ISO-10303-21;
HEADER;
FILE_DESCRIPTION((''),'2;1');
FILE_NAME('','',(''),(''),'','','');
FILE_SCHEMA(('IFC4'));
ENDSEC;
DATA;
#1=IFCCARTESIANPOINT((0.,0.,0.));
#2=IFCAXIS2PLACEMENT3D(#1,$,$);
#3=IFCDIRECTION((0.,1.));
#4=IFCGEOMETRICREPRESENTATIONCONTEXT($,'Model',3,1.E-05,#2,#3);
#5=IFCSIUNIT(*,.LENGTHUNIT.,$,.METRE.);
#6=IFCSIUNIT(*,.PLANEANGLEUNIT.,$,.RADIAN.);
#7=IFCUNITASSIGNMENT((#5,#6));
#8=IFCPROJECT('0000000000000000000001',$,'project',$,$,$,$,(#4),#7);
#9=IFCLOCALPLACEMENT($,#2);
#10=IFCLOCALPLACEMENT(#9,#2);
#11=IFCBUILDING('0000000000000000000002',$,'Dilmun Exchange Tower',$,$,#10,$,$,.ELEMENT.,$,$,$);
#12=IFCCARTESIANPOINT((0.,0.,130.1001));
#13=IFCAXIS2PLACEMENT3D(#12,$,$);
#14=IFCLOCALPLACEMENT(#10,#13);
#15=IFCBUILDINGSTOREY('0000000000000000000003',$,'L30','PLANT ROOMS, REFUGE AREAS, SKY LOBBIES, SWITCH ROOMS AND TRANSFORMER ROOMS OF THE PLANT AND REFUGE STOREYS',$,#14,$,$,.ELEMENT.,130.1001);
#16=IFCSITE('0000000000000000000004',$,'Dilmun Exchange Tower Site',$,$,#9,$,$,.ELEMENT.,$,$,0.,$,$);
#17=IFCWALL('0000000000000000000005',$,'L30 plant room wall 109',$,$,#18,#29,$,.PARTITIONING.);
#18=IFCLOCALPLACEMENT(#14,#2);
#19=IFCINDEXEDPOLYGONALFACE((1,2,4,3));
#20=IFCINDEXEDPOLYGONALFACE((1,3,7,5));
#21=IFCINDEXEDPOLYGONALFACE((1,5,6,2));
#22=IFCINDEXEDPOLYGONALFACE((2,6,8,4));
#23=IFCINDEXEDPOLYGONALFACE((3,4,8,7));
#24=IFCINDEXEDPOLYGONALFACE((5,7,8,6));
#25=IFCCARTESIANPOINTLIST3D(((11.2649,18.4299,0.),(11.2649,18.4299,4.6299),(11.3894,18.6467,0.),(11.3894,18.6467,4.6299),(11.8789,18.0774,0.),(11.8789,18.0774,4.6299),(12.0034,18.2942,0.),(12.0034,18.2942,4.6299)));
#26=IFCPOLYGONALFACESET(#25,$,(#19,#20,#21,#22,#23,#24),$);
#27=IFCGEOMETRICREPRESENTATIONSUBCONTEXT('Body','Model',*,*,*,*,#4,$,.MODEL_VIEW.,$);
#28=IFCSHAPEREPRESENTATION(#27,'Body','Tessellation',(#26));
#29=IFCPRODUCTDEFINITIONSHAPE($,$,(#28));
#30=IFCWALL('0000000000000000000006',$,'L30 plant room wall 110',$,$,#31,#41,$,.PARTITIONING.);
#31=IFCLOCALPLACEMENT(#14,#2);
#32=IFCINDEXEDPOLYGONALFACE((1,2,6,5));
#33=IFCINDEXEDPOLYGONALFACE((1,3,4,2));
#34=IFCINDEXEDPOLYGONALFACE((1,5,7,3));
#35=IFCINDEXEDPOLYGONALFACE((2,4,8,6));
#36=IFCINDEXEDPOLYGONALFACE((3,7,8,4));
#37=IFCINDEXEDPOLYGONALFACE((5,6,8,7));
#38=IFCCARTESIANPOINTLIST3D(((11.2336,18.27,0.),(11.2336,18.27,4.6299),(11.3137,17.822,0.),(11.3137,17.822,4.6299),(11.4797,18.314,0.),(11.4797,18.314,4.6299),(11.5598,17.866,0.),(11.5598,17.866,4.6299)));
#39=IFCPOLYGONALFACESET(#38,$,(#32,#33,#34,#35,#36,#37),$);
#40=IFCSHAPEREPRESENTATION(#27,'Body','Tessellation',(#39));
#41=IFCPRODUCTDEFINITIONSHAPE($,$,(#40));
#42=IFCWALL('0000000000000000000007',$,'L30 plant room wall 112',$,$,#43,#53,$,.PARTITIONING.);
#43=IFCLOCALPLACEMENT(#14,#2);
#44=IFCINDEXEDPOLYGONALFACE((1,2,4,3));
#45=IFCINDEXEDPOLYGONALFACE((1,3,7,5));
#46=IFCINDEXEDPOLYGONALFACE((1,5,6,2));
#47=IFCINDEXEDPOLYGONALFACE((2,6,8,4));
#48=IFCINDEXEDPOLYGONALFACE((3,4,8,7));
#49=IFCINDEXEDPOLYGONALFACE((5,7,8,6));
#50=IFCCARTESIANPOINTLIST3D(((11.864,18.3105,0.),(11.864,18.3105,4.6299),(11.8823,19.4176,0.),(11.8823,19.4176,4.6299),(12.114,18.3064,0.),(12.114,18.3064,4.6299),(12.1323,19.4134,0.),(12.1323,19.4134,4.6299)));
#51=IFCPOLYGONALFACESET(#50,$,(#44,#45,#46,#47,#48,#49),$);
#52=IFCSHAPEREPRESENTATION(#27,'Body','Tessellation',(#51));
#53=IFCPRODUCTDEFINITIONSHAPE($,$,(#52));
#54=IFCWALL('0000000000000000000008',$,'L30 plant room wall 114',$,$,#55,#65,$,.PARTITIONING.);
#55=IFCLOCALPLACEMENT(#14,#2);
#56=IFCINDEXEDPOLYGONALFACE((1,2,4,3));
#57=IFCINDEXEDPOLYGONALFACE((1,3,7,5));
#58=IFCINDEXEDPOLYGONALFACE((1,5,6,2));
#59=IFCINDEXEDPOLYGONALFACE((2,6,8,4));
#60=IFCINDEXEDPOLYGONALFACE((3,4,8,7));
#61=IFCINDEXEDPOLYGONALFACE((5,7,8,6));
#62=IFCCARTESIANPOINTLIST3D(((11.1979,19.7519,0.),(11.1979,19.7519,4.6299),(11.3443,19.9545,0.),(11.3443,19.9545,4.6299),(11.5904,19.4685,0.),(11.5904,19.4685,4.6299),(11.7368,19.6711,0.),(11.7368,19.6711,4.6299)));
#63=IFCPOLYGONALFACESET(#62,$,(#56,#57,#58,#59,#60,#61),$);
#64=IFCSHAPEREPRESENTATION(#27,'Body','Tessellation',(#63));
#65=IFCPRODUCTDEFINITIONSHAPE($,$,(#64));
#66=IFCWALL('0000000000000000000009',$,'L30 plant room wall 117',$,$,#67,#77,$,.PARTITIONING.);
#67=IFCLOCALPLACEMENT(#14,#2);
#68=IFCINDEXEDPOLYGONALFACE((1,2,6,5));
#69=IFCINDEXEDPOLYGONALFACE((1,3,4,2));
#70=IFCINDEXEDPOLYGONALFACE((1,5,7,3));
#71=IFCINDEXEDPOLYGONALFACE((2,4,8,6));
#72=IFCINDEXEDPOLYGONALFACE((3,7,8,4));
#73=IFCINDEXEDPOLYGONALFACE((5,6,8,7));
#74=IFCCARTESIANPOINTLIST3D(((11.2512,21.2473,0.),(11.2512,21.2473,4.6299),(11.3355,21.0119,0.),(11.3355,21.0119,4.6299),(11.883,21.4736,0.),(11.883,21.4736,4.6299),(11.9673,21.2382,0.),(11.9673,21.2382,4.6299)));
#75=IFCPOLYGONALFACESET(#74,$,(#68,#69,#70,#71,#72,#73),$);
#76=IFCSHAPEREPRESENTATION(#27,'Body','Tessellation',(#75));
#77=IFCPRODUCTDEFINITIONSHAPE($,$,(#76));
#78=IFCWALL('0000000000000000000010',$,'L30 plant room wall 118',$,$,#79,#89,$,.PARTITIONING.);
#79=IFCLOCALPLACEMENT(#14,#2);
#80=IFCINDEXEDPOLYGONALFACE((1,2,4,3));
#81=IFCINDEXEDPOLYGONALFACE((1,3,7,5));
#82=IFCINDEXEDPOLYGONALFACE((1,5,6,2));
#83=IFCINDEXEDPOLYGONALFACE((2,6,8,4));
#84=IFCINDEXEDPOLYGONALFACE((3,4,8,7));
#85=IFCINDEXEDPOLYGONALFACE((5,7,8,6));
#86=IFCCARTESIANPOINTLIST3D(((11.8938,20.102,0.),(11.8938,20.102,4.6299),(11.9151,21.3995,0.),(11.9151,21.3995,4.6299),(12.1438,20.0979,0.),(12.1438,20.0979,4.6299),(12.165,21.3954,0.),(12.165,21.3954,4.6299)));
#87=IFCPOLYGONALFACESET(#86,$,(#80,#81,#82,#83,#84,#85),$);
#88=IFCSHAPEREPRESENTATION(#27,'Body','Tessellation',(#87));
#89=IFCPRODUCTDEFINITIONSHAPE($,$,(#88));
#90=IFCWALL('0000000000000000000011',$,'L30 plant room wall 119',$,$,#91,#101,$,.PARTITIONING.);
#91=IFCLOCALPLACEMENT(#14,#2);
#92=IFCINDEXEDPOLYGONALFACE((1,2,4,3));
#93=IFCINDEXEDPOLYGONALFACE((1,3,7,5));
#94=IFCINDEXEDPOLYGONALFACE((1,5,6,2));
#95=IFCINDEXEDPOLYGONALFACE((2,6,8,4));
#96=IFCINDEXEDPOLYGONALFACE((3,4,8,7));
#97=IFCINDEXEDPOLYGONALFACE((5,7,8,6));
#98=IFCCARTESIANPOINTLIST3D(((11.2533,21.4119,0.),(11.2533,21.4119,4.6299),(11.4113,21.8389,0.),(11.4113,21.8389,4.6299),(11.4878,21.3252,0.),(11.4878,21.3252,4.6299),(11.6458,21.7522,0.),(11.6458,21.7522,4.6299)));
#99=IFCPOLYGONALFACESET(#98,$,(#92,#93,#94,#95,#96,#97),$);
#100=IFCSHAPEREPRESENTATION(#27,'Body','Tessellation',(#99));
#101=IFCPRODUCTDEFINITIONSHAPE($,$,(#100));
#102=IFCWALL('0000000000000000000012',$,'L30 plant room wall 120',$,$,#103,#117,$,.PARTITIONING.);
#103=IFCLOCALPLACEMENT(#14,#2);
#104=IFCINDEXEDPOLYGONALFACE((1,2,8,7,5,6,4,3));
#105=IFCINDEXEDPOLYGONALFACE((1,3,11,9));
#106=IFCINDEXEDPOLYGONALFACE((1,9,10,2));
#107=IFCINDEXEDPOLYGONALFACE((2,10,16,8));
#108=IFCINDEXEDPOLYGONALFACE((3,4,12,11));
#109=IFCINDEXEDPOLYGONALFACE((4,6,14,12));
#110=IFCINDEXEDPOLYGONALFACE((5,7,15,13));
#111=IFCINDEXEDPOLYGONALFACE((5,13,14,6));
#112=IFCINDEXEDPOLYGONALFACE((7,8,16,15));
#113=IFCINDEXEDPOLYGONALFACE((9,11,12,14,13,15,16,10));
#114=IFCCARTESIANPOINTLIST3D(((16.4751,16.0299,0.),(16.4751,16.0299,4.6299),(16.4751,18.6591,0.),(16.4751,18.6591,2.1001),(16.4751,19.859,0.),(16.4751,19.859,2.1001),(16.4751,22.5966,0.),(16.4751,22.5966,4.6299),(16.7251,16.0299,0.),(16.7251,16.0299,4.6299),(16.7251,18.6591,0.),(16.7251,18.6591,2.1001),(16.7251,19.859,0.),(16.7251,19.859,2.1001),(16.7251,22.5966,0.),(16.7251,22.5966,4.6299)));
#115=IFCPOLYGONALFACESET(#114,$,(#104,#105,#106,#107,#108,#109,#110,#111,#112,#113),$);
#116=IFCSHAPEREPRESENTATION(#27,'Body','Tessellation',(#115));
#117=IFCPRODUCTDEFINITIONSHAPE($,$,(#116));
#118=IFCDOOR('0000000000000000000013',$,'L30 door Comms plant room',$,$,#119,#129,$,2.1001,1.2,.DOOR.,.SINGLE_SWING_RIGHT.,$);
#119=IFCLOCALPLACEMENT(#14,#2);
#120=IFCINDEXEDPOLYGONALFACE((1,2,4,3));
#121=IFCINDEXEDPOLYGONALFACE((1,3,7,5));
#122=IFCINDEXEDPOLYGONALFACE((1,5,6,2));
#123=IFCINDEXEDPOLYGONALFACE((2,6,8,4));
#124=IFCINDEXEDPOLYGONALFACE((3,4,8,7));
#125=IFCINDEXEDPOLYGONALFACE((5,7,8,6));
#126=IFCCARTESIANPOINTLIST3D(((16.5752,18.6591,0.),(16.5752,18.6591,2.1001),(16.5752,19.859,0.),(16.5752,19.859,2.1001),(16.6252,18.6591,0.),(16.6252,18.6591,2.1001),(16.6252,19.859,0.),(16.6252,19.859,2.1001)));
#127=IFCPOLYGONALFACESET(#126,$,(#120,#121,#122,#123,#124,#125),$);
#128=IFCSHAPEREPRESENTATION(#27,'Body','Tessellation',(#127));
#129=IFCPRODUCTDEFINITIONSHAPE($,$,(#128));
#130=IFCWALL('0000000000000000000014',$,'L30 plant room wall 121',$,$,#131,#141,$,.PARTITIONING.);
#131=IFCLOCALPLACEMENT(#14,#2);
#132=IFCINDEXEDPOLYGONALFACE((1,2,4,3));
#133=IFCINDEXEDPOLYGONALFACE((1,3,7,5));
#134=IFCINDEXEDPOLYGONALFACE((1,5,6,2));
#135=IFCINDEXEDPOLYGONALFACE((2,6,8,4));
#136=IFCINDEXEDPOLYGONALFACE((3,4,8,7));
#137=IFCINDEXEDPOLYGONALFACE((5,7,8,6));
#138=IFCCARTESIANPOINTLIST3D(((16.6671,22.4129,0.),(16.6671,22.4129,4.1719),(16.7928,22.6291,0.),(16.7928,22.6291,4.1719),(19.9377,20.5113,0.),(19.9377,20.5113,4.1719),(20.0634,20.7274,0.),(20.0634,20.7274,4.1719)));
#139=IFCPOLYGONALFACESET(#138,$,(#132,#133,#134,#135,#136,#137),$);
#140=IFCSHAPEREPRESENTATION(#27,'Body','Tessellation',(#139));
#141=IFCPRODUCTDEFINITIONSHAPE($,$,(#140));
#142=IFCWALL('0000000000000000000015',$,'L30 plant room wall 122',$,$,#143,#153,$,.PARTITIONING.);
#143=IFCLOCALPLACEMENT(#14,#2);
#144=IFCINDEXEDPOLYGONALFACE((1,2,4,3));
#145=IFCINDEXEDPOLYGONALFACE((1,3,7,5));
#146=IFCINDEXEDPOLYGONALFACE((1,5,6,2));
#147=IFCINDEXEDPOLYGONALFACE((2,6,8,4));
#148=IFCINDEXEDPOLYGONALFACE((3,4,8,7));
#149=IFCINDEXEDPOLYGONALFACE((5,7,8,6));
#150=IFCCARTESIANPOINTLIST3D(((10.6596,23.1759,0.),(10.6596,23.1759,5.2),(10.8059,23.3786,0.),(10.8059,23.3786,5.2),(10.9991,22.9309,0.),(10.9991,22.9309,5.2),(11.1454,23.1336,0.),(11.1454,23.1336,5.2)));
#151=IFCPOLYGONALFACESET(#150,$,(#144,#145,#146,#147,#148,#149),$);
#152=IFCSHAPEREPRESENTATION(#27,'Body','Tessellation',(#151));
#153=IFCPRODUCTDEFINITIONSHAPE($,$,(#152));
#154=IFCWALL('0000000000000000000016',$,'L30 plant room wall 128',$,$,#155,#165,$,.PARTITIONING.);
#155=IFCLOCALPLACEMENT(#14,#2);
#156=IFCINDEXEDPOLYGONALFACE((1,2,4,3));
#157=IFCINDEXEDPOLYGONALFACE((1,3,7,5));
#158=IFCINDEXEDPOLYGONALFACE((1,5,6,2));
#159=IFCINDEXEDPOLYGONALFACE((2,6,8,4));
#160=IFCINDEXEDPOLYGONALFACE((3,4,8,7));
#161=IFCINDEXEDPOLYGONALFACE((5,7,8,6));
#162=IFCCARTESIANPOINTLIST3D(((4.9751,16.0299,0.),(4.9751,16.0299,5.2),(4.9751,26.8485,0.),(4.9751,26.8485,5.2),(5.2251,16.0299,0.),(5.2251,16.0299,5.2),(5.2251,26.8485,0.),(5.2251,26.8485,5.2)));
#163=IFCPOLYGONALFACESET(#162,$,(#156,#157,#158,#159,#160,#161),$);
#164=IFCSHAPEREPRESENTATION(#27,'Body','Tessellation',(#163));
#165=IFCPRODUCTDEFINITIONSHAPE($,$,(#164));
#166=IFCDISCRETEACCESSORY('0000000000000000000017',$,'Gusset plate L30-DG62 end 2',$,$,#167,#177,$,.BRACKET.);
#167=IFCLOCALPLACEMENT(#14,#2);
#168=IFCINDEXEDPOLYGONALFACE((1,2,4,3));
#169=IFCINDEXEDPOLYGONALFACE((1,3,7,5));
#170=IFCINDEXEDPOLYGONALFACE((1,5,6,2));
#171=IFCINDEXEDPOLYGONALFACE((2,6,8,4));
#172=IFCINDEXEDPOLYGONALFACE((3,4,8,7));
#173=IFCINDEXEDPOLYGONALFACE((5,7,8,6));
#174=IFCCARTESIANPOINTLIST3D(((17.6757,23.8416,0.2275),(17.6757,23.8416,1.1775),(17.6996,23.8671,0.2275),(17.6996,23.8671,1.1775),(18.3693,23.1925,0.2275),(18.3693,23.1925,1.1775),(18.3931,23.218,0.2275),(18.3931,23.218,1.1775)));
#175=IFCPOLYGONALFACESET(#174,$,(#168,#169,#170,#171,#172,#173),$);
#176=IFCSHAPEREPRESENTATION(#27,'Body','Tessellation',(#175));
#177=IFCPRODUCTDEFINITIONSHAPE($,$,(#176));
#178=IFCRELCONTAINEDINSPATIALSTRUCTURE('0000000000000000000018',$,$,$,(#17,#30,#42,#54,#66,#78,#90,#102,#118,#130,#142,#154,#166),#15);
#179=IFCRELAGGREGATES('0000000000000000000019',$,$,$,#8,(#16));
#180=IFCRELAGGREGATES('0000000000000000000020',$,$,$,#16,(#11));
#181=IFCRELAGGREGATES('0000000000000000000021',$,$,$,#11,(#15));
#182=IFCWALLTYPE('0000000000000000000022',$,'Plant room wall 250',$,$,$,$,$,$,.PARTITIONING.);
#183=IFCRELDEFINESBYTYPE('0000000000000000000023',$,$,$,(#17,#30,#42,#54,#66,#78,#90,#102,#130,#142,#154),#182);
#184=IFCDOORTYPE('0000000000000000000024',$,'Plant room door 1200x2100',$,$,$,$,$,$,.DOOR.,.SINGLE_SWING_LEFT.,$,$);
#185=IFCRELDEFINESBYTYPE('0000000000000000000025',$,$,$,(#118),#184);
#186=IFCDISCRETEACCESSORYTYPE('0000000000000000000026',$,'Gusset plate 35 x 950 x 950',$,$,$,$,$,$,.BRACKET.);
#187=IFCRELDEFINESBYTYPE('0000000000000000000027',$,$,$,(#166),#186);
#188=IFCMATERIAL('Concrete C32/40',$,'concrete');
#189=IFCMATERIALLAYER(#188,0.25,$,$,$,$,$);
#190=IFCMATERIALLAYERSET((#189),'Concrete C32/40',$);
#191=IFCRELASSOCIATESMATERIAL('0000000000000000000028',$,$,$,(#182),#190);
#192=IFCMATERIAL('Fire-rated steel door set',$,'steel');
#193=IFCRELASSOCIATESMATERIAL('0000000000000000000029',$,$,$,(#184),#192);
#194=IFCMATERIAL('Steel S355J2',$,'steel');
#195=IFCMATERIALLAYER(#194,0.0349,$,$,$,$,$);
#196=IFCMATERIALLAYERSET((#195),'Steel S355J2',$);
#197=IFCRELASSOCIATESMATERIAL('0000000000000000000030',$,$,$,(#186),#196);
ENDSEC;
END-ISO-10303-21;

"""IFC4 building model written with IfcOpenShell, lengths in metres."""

from ifc_helpers import new_model, si_unit, direction, frame, frame_2d, origin, origin_2d, place, context, subcontext, project, spatial, rectangle, extrude, material, layer, layer_set, type_object, element, fill, save


model = new_model("IFC4")

# Units and contexts
model_context = context("Model", 3, precision=1e-05, world=origin(), true_north=direction((0.0, 1.0)))
body_context = subcontext(model_context, "Body", "Model", "MODEL_VIEW")
ifc_project = project(units=[si_unit("LENGTHUNIT", "METRE"), si_unit("PLANEANGLEUNIT", "RADIAN")], contexts=[model_context])

# Site, building, storey
site_placement = place(None, origin())
site = spatial("IfcSite", under=ifc_project, at=site_placement, Name="Dilmun Exchange Tower Site", CompositionType="ELEMENT", RefElevation=0.0)
building_placement = place(site_placement, origin())
building = spatial("IfcBuilding", under=site, at=building_placement, Name="Dilmun Exchange Tower", CompositionType="ELEMENT")
storey_placement = place(building_placement, frame((0.0, 0.0, 130.1001)))
storey = spatial("IfcBuildingStorey", under=building, at=storey_placement, Name="L30", Description="PLANT ROOMS, REFUGE AREAS, SKY LOBBIES, SWITCH ROOMS AND TRANSFORMER ROOMS OF THE PLANT AND REFUGE STOREYS", CompositionType="ELEMENT", Elevation=130.1001)

# Shared definitions
ifc_material_1 = material(Name="Concrete C32/40", Category="concrete")
ifc_layer_1 = layer(ifc_material_1, 0.25)
ifc_layer_set_1 = layer_set([ifc_layer_1], Name="Concrete C32/40")
wall_type = type_object("IfcWallType", Name="Plant room wall 250", PredefinedType="PARTITIONING", material=ifc_layer_set_1)

# Shared definitions
ifc_material_2 = material(Name="Fire-rated steel door set", Category="steel")

# Walls
wall_1_placement = place(storey_placement, frame((11.3271, 18.5383, 0.0), z_axis=(0.0, 0.0, 1.0), x_axis=(0.867223, -0.49792, 0.0)))
element("IfcWall", 1, at=wall_1_placement, inside=storey, type_object=wall_type, Name="L30 plant room wall 109", PredefinedType="PARTITIONING", context=body_context, shape_type="SweptSolid", body=[
    extrude(rectangle(XDim=0.708, YDim=0.25, at=frame_2d((0.354, 0.0))), origin(), (0.0, 0.0, 1.0), 4.6299),
])
wall_2_placement = place(storey_placement, frame((11.3567, 18.292, 0.0), z_axis=(0.0, 0.0, 1.0), x_axis=(0.175958, -0.984398, 0.0)))
element("IfcWall", 2, at=wall_2_placement, inside=storey, type_object=wall_type, Name="L30 plant room wall 110", PredefinedType="PARTITIONING", context=body_context, shape_type="SweptSolid", body=[
    extrude(rectangle(XDim=0.4551, YDim=0.25, at=frame_2d((0.2275, 0.0))), origin(), (0.0, 0.0, 1.0), 4.6299),
])
wall_3_placement = place(storey_placement, frame((11.989, 18.3083, 0.0), z_axis=(0.0, 0.0, 1.0), x_axis=(0.016539, 0.999863, 0.0)))
element("IfcWall", 3, at=wall_3_placement, inside=storey, type_object=wall_type, Name="L30 plant room wall 112", PredefinedType="PARTITIONING", context=body_context, shape_type="SweptSolid", body=[
    extrude(rectangle(XDim=1.1072, YDim=0.25, at=frame_2d((0.5537, 0.0))), origin(), (0.0, 0.0, 1.0), 4.6299),
])
wall_4_placement = place(storey_placement, frame((11.271, 19.8533, 0.0), z_axis=(0.0, 0.0, 1.0), x_axis=(0.810759, -0.58538, 0.0)))
element("IfcWall", 4, at=wall_4_placement, inside=storey, type_object=wall_type, Name="L30 plant room wall 114", PredefinedType="PARTITIONING", context=body_context, shape_type="SweptSolid", body=[
    extrude(rectangle(XDim=0.4841, YDim=0.25, at=frame_2d((0.2422, 0.0))), origin(), (0.0, 0.0, 1.0), 4.6299),
])
wall_5_placement = place(storey_placement, frame((11.2935, 21.1296, 0.0), z_axis=(0.0, 0.0, 1.0), x_axis=(0.941429, 0.337212, 0.0)))
element("IfcWall", 5, at=wall_5_placement, inside=storey, type_object=wall_type, Name="L30 plant room wall 117", PredefinedType="PARTITIONING", context=body_context, shape_type="SweptSolid", body=[
    extrude(rectangle(XDim=0.6711, YDim=0.25, at=frame_2d((0.3354, 0.0))), origin(), (0.0, 0.0, 1.0), 4.6299),
])
wall_6_placement = place(storey_placement, frame((12.0188, 20.0999, 0.0), z_axis=(0.0, 0.0, 1.0), x_axis=(0.01637, 0.999866, 0.0)))
element("IfcWall", 6, at=wall_6_placement, inside=storey, type_object=wall_type, Name="L30 plant room wall 118", PredefinedType="PARTITIONING", context=body_context, shape_type="SweptSolid", body=[
    extrude(rectangle(XDim=1.2976, YDim=0.25, at=frame_2d((0.6489, 0.0))), origin(), (0.0, 0.0, 1.0), 4.6299),
])
wall_7_placement = place(storey_placement, frame((11.3706, 21.3687, 0.0), z_axis=(0.0, 0.0, 1.0), x_axis=(0.346948, 0.937885, 0.0)))
element("IfcWall", 7, at=wall_7_placement, inside=storey, type_object=wall_type, Name="L30 plant room wall 119", PredefinedType="PARTITIONING", context=body_context, shape_type="SweptSolid", body=[
    extrude(rectangle(XDim=0.4553, YDim=0.25, at=frame_2d((0.2275, 0.0))), origin(), (0.0, 0.0, 1.0), 4.6299),
])

# Wall, opening, door
wall_8_placement = place(storey_placement, frame((16.6001, 16.03, 0.0), z_axis=(0.0, 0.0, 1.0), x_axis=(0.0, 1.0, 0.0)))
wall_8 = element("IfcWall", 8, at=wall_8_placement, inside=storey, type_object=wall_type, Name="L30 plant room wall 120", PredefinedType="PARTITIONING", context=body_context, shape_type="SweptSolid", body=[
    extrude(rectangle(XDim=6.5667, YDim=0.25, at=frame_2d((3.2832, 0.0))), origin(), (0.0, 0.0, 1.0), 4.6299),
])
opening_1_placement = place(wall_8_placement, frame((2.6289, 0.0, 0.0)))
opening_1 = element("IfcOpeningElement", 9, at=opening_1_placement, cuts=wall_8, PredefinedType="OPENING", context=body_context, shape_type="SweptSolid", body=[
    extrude(rectangle(XDim=1.2, YDim=2.1001, at=frame_2d((0.6001, 1.05))), frame((0.0, 0.135, 0.0), z_axis=(0.0, -1.0, 0.0), x_axis=(1.0, 0.0, 0.0)), (0.0, 0.0, 1.0), 0.27),
])
door_type_1 = type_object("IfcDoorType", Name="Plant room door 1200x2100", OperationType="SINGLE_SWING_LEFT", PredefinedType="DOOR", material=ifc_material_2)
door_1_placement = place(opening_1_placement, origin())
door_1 = element("IfcDoor", 10, at=door_1_placement, inside=storey, type_object=door_type_1, Name="L30 door Comms plant room", OperationType="SINGLE_SWING_RIGHT", OverallHeight=2.1001, OverallWidth=1.2, PredefinedType="DOOR", context=body_context, shape_type="SweptSolid", body=[
    extrude(rectangle(XDim=1.2, YDim=2.1001, at=frame_2d((0.6001, 1.05))), frame((0.0, 0.0249, 0.0), z_axis=(0.0, -1.0, 0.0), x_axis=(1.0, 0.0, 0.0)), (0.0, 0.0, 1.0), 0.05),
])
fill(opening_1, door_1)

# Walls
wall_9_placement = place(storey_placement, frame((16.73, 22.521, 0.0), z_axis=(0.0, 0.0, 1.0), x_axis=(0.86449, -0.502651, 0.0)))
element("IfcWall", 11, at=wall_9_placement, inside=storey, type_object=wall_type, Name="L30 plant room wall 121", PredefinedType="PARTITIONING", context=body_context, shape_type="SweptSolid", body=[
    extrude(rectangle(XDim=3.7832, YDim=0.25, at=frame_2d((1.8916, 0.0))), origin(), (0.0, 0.0, 1.0), 4.1719),
])
wall_10_placement = place(storey_placement, frame((10.7327, 23.2773, 0.0), z_axis=(0.0, 0.0, 1.0), x_axis=(0.810848, -0.585256, 0.0)))
element("IfcWall", 12, at=wall_10_placement, inside=storey, type_object=wall_type, Name="L30 plant room wall 122", PredefinedType="PARTITIONING", context=body_context, shape_type="SweptSolid", body=[
    extrude(rectangle(XDim=0.4187, YDim=0.25, at=frame_2d((0.2095, 0.0))), origin(), (0.0, 0.0, 1.0), 5.2),
])
wall_11_placement = place(storey_placement, frame((5.1001, 16.03, 0.0), z_axis=(0.0, 0.0, 1.0), x_axis=(0.0, 1.0, 0.0)))
element("IfcWall", 13, at=wall_11_placement, inside=storey, type_object=wall_type, Name="L30 plant room wall 128", PredefinedType="PARTITIONING", context=body_context, shape_type="SweptSolid", body=[
    extrude(rectangle(XDim=10.8186, YDim=0.25, at=frame_2d((5.4092, 0.0))), origin(), (0.0, 0.0, 1.0), 5.2),
])

# Discrete accessory
ifc_material_3 = material(Name="Steel S355J2", Category="steel")
ifc_layer_2 = layer(ifc_material_3, 0.0349)
ifc_layer_set_2 = layer_set([ifc_layer_2], Name="Steel S355J2")
discrete_accessory_type = type_object("IfcDiscreteAccessoryType", Name="Gusset plate 35 x 950 x 950", PredefinedType="BRACKET", material=ifc_layer_set_2)
discrete_accessory_placement = place(storey_placement, frame((18.0344, 23.5298, 0.2275), z_axis=(0.0, 0.0, 1.0), x_axis=(0.730111, -0.683329, 0.0)))
element("IfcDiscreteAccessory", 14, at=discrete_accessory_placement, inside=storey, type_object=discrete_accessory_type, Name="Gusset plate L30-DG62 end 2", PredefinedType="BRACKET", context=body_context, shape_type="SweptSolid", body=[
    extrude(rectangle(XDim=0.95, YDim=0.0349, at=origin_2d()), origin(), (0.0, 0.0, 1.0), 0.95),
])

save(model, "model.ifc")
